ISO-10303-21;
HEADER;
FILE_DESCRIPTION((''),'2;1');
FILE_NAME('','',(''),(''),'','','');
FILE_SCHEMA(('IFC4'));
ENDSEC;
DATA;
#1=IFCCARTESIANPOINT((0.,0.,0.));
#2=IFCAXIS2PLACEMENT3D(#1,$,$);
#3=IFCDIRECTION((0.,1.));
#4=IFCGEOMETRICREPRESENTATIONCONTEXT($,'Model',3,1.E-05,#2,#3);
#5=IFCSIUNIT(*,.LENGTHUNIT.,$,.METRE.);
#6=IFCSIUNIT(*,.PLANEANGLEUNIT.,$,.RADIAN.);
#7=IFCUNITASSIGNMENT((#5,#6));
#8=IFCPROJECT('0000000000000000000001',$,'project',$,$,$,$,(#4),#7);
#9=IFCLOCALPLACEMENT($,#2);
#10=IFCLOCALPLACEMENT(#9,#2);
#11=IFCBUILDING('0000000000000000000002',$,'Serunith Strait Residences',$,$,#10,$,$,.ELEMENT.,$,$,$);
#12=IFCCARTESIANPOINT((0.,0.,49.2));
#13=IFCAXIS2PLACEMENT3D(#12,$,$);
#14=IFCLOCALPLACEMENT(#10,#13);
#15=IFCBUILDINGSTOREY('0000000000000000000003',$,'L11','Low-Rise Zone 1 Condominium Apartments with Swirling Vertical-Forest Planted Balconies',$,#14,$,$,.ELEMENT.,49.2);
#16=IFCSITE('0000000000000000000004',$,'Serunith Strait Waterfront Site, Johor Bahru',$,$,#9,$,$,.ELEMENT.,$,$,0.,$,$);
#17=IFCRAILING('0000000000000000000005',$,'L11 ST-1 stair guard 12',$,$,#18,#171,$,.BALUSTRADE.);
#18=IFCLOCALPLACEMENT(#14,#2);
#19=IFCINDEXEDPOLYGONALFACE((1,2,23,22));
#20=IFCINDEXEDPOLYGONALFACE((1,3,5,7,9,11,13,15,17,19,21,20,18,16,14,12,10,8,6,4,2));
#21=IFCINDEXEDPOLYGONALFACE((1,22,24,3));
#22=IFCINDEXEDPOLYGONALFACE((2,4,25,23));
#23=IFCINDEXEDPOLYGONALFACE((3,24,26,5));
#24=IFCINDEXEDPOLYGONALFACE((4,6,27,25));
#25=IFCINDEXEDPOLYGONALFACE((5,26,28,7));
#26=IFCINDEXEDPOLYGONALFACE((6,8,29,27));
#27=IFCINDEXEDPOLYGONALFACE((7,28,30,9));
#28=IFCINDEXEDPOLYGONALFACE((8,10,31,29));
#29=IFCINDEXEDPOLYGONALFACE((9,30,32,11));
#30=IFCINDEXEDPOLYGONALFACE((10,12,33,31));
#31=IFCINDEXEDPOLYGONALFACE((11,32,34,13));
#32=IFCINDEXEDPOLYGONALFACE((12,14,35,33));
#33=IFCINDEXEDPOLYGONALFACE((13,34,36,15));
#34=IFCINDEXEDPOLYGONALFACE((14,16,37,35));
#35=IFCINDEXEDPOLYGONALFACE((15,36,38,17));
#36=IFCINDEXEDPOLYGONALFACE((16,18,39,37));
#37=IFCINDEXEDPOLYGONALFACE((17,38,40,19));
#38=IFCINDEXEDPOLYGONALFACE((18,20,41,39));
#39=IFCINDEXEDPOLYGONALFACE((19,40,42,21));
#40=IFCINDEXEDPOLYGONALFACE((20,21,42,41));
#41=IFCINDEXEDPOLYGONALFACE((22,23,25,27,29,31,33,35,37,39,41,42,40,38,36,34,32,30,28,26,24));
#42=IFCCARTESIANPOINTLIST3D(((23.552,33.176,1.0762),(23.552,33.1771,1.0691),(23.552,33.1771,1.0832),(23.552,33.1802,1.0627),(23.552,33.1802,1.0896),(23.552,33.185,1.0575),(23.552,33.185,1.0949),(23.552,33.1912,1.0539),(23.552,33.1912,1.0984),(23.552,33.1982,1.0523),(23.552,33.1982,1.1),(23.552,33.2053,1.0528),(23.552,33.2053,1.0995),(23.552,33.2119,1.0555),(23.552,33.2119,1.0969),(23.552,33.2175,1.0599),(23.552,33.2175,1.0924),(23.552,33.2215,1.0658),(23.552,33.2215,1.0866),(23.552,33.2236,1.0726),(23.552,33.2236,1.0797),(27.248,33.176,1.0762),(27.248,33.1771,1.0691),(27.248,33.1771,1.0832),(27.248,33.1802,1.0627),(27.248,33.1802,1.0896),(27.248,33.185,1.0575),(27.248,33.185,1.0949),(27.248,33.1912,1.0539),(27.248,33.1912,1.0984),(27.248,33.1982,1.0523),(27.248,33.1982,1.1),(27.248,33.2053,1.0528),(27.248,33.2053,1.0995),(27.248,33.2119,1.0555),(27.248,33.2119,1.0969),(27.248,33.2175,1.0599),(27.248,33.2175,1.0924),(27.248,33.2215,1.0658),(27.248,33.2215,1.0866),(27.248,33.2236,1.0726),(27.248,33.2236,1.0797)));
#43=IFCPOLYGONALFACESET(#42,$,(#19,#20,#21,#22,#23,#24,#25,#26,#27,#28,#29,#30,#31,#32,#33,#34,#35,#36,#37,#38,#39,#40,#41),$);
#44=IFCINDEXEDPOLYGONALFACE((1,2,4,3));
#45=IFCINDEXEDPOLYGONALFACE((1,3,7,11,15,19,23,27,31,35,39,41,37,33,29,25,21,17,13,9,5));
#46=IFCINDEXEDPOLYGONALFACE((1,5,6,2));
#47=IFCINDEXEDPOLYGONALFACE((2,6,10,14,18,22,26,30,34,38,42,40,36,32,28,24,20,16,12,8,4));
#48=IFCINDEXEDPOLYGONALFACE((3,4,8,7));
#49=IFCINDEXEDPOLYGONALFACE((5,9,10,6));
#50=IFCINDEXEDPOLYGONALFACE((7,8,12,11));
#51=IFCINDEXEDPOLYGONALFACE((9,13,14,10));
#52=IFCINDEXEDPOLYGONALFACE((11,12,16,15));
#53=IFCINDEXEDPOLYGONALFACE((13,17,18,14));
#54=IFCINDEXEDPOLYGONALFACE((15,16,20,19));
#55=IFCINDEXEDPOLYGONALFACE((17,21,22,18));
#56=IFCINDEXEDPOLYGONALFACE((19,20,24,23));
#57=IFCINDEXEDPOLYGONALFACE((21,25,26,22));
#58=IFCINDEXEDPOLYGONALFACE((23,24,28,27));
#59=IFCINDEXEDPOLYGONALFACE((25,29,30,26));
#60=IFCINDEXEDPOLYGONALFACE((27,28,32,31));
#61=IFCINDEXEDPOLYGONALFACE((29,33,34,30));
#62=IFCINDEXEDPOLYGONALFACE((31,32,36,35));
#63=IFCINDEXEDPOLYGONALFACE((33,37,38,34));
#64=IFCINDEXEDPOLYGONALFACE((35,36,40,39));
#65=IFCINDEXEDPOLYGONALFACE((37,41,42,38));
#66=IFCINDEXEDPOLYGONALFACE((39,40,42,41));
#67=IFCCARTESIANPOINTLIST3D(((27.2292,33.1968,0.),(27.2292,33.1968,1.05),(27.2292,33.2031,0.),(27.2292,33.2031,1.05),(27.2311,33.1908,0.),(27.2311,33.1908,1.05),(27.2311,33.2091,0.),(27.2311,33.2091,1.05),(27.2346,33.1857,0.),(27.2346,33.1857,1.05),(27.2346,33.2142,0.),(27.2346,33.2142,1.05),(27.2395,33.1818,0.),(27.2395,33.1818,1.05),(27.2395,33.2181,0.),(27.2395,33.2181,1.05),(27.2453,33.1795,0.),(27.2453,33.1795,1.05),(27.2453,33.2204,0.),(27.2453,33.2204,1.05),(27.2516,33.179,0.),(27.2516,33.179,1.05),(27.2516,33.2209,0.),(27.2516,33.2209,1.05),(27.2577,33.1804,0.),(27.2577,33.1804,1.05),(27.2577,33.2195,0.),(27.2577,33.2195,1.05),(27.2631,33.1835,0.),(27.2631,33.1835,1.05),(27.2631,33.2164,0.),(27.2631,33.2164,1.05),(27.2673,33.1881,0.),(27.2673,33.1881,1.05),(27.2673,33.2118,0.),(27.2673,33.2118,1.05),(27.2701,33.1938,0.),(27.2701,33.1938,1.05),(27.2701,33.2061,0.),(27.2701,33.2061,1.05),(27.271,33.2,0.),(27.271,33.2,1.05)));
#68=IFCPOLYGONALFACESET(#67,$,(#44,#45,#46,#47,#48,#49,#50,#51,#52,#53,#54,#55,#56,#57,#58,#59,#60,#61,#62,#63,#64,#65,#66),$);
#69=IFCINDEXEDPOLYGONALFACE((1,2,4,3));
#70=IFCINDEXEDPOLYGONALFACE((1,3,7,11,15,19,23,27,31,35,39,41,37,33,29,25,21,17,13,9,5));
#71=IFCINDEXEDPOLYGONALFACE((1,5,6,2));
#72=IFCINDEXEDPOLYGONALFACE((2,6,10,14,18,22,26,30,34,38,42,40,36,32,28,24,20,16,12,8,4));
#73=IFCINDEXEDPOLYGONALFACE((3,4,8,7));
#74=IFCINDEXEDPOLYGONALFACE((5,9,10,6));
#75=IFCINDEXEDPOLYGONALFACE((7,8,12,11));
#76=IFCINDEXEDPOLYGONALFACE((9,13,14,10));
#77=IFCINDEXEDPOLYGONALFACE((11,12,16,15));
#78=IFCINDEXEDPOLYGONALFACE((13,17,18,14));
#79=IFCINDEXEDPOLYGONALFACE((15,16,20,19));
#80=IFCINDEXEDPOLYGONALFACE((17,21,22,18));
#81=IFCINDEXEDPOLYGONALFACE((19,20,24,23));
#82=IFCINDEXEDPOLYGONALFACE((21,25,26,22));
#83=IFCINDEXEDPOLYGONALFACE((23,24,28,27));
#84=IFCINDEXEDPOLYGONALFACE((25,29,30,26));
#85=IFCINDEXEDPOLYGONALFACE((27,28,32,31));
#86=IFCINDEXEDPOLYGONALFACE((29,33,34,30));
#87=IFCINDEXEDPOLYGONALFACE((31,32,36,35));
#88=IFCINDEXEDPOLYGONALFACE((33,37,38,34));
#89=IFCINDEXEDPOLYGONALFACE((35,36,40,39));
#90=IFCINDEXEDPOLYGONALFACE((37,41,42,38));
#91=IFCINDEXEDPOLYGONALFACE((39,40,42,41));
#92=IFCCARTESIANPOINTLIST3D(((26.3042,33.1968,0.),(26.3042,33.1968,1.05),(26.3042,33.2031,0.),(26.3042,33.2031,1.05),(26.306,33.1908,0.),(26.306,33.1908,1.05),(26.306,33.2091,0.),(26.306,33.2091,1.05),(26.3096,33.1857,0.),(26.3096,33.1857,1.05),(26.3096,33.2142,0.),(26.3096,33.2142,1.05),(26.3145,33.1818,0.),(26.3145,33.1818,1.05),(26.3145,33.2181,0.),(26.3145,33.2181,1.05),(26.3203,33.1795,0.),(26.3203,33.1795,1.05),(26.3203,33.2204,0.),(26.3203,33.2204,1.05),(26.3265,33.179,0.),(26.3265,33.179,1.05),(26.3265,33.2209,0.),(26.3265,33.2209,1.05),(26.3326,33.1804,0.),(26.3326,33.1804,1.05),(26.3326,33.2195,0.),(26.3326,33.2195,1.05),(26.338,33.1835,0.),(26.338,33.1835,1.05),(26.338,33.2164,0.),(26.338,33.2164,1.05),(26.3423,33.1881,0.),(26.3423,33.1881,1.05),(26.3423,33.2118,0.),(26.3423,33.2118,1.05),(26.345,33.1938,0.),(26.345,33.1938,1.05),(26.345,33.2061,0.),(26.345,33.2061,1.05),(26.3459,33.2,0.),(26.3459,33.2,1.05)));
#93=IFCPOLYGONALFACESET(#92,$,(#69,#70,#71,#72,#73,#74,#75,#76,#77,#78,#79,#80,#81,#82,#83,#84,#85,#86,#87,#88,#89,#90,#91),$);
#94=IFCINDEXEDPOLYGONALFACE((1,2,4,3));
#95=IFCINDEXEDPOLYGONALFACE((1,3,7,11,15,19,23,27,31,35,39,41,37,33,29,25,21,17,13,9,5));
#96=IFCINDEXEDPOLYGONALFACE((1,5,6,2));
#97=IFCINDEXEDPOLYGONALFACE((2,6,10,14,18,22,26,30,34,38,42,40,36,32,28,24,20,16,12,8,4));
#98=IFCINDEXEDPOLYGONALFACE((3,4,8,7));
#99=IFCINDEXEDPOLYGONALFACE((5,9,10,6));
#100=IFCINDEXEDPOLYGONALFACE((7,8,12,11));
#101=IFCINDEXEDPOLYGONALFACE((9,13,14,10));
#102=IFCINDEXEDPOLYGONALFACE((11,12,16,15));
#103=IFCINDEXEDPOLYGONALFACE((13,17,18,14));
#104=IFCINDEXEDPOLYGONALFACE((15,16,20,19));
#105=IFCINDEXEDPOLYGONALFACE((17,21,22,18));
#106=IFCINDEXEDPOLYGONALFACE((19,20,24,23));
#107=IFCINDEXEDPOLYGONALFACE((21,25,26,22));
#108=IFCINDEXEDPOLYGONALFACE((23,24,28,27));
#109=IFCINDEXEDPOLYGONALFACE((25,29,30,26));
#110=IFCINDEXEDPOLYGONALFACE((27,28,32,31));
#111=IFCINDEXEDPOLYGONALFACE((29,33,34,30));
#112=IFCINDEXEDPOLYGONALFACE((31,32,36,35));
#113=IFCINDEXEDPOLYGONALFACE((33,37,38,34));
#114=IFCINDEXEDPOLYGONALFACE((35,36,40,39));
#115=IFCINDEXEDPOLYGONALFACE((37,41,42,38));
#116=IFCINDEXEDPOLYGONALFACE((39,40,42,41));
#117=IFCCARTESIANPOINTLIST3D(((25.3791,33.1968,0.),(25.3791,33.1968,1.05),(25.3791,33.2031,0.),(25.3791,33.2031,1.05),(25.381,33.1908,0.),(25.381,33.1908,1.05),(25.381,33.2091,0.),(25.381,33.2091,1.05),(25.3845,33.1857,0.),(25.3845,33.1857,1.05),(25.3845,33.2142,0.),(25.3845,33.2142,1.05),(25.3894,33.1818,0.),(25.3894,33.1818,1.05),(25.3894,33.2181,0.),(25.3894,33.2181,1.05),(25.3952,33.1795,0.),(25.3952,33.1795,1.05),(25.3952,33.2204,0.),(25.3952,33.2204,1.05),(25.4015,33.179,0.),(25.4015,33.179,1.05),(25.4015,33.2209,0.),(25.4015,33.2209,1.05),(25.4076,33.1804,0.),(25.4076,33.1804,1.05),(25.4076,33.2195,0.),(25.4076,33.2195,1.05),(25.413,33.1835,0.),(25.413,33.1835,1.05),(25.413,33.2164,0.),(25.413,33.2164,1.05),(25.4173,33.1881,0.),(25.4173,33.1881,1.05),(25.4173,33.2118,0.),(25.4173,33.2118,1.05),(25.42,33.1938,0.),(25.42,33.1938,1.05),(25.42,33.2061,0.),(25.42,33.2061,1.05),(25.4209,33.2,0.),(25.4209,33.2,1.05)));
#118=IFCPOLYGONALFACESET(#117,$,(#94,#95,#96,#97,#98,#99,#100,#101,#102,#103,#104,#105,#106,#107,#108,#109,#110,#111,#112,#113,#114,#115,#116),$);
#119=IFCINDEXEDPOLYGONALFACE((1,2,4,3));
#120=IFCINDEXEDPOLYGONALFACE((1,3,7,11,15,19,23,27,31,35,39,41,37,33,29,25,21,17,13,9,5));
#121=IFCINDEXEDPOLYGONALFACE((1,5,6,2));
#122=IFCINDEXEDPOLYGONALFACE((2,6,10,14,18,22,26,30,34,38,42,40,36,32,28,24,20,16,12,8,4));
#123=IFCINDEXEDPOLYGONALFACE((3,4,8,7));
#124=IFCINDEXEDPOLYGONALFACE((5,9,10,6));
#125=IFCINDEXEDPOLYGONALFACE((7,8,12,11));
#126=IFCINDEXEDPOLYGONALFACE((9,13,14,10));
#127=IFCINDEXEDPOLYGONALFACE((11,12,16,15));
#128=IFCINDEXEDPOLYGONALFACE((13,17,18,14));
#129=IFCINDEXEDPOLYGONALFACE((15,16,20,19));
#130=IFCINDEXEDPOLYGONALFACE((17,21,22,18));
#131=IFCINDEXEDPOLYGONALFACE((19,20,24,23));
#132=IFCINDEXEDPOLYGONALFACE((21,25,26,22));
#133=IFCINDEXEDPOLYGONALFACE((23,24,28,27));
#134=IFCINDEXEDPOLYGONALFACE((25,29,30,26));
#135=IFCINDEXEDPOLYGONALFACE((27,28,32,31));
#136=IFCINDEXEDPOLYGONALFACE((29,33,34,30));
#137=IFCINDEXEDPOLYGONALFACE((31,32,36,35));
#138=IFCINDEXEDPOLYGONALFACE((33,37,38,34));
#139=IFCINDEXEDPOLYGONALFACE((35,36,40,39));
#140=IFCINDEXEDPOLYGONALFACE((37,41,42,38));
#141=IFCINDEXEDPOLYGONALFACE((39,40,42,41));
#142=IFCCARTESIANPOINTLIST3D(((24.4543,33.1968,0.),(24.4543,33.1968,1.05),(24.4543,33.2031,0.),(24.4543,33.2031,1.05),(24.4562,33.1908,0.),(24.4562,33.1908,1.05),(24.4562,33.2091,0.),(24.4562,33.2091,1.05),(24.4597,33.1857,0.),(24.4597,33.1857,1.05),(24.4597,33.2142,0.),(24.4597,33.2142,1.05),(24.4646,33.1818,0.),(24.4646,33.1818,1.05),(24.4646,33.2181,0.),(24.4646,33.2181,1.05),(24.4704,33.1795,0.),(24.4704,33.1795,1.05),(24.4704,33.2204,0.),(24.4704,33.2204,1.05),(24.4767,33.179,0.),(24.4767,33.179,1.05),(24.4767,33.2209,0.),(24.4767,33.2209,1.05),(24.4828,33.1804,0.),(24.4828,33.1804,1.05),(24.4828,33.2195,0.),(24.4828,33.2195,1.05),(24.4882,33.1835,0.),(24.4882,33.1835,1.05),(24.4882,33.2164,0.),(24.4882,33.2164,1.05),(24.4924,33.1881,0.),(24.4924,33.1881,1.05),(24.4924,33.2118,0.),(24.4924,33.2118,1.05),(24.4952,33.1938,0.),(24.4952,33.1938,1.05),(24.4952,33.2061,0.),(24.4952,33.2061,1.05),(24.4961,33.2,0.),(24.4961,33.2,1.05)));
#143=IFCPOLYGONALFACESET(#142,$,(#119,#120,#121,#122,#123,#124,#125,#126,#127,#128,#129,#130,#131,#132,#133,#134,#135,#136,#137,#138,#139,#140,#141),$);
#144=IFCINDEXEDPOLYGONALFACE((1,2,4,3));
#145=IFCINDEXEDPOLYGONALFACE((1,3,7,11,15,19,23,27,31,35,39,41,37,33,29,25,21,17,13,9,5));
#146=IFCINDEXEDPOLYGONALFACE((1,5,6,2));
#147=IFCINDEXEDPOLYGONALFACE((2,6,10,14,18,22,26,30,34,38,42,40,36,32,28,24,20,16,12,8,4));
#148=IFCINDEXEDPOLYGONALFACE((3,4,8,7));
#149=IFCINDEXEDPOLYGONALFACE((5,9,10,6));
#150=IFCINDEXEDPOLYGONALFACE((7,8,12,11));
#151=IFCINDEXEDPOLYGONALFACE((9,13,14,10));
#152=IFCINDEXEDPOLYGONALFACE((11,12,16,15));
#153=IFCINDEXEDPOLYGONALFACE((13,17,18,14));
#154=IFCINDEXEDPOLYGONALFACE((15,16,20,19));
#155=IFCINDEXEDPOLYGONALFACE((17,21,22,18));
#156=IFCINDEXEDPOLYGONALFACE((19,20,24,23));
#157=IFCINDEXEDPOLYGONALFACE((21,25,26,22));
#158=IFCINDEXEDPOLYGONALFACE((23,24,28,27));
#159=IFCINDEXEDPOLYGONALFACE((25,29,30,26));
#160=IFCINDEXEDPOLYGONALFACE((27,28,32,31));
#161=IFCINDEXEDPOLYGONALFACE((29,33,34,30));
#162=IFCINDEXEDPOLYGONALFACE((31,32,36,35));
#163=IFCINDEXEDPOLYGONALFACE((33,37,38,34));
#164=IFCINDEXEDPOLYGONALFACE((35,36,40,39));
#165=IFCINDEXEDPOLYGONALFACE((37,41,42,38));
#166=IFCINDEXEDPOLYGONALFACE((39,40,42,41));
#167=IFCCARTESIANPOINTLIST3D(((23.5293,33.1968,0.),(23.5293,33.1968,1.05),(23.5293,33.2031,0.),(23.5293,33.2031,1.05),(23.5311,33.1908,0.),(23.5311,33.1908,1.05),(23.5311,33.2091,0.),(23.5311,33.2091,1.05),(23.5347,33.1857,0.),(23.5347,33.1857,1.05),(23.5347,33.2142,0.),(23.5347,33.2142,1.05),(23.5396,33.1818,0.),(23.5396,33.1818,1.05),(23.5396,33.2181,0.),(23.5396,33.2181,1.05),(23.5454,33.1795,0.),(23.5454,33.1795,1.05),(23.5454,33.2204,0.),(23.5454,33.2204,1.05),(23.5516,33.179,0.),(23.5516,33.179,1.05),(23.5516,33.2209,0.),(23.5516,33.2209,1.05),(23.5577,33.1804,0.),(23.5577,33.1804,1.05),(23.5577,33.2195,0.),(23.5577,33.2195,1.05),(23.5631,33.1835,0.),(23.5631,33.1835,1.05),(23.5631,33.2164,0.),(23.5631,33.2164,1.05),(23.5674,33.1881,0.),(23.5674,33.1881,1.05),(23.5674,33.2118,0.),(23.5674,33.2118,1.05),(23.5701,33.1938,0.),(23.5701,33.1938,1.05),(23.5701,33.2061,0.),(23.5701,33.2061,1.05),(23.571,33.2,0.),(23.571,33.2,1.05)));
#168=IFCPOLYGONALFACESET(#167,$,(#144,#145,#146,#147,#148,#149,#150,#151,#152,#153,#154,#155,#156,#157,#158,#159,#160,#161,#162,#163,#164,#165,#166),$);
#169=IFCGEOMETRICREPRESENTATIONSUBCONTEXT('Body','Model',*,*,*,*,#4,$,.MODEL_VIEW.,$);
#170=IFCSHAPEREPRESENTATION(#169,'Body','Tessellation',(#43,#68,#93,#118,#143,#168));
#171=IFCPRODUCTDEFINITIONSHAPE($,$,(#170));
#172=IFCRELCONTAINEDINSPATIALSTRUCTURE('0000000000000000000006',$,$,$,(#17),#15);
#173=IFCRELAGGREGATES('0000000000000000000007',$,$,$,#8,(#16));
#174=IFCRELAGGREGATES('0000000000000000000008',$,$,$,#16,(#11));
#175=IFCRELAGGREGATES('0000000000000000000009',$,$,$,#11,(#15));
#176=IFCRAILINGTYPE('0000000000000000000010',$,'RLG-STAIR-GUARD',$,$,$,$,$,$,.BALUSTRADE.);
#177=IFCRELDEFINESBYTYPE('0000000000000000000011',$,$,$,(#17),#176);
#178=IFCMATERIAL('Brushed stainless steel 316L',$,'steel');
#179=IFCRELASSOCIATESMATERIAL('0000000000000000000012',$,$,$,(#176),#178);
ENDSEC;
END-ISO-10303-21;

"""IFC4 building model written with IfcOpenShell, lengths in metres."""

from ifc_helpers import new_model, si_unit, direction, frame, origin, origin_2d, place, context, subcontext, project, spatial, circle, extrude, material, type_object, element, save


model = new_model("IFC4")

# Units and contexts
model_context = context("Model", 3, precision=1e-05, world=origin(), true_north=direction((0.0, 1.0)))
body_context = subcontext(model_context, "Body", "Model", "MODEL_VIEW")
ifc_project = project(units=[si_unit("LENGTHUNIT", "METRE"), si_unit("PLANEANGLEUNIT", "RADIAN")], contexts=[model_context])

# Site, building, storey
site_placement = place(None, origin())
site = spatial("IfcSite", under=ifc_project, at=site_placement, Name="Serunith Strait Waterfront Site, Johor Bahru", CompositionType="ELEMENT", RefElevation=0.0)
building_placement = place(site_placement, origin())
building = spatial("IfcBuilding", under=site, at=building_placement, Name="Serunith Strait Residences", CompositionType="ELEMENT")
storey_placement = place(building_placement, frame((0.0, 0.0, 49.2)))
storey = spatial("IfcBuildingStorey", under=building, at=storey_placement, Name="L11", Description="Low-Rise Zone 1 Condominium Apartments with Swirling Vertical-Forest Planted Balconies", CompositionType="ELEMENT", Elevation=49.2)

# Railing
ifc_material_1 = material(Name="Brushed stainless steel 316L", Category="steel")
railing_type_1 = type_object("IfcRailingType", Name="RLG-STAIR-GUARD", PredefinedType="BALUSTRADE", material=ifc_material_1)
railing_1_placement = place(storey_placement, frame((27.25, 33.2, 0.0)))
element("IfcRailing", 1, at=railing_1_placement, inside=storey, type_object=railing_type_1, Name="L11 ST-1 stair guard 12", PredefinedType="BALUSTRADE", context=body_context, shape_type="SweptSolid", body=[
    extrude(circle(Radius=0.0239, at=origin_2d()), frame((-0.002, 0.0, 1.0762), z_axis=(-1.0, 0.0, 0.0), x_axis=(0.0, -1.0, 0.0)), (0.0, 0.0, 1.0), 3.696),
    extrude(circle(Radius=0.021, at=origin_2d()), origin(), (0.0, 0.0, 1.0), 1.05),
    extrude(circle(Radius=0.021, at=origin_2d()), frame((-0.925, 0.0, 0.0)), (0.0, 0.0, 1.0), 1.05),
    extrude(circle(Radius=0.021, at=origin_2d()), frame((-1.8501, 0.0, 0.0)), (0.0, 0.0, 1.0), 1.05),
    extrude(circle(Radius=0.021, at=origin_2d()), frame((-2.7749, 0.0, 0.0)), (0.0, 0.0, 1.0), 1.05),
    extrude(circle(Radius=0.021, at=origin_2d()), frame((-3.7, 0.0, 0.0)), (0.0, 0.0, 1.0), 1.05),
])

save(model, "model.ifc")
